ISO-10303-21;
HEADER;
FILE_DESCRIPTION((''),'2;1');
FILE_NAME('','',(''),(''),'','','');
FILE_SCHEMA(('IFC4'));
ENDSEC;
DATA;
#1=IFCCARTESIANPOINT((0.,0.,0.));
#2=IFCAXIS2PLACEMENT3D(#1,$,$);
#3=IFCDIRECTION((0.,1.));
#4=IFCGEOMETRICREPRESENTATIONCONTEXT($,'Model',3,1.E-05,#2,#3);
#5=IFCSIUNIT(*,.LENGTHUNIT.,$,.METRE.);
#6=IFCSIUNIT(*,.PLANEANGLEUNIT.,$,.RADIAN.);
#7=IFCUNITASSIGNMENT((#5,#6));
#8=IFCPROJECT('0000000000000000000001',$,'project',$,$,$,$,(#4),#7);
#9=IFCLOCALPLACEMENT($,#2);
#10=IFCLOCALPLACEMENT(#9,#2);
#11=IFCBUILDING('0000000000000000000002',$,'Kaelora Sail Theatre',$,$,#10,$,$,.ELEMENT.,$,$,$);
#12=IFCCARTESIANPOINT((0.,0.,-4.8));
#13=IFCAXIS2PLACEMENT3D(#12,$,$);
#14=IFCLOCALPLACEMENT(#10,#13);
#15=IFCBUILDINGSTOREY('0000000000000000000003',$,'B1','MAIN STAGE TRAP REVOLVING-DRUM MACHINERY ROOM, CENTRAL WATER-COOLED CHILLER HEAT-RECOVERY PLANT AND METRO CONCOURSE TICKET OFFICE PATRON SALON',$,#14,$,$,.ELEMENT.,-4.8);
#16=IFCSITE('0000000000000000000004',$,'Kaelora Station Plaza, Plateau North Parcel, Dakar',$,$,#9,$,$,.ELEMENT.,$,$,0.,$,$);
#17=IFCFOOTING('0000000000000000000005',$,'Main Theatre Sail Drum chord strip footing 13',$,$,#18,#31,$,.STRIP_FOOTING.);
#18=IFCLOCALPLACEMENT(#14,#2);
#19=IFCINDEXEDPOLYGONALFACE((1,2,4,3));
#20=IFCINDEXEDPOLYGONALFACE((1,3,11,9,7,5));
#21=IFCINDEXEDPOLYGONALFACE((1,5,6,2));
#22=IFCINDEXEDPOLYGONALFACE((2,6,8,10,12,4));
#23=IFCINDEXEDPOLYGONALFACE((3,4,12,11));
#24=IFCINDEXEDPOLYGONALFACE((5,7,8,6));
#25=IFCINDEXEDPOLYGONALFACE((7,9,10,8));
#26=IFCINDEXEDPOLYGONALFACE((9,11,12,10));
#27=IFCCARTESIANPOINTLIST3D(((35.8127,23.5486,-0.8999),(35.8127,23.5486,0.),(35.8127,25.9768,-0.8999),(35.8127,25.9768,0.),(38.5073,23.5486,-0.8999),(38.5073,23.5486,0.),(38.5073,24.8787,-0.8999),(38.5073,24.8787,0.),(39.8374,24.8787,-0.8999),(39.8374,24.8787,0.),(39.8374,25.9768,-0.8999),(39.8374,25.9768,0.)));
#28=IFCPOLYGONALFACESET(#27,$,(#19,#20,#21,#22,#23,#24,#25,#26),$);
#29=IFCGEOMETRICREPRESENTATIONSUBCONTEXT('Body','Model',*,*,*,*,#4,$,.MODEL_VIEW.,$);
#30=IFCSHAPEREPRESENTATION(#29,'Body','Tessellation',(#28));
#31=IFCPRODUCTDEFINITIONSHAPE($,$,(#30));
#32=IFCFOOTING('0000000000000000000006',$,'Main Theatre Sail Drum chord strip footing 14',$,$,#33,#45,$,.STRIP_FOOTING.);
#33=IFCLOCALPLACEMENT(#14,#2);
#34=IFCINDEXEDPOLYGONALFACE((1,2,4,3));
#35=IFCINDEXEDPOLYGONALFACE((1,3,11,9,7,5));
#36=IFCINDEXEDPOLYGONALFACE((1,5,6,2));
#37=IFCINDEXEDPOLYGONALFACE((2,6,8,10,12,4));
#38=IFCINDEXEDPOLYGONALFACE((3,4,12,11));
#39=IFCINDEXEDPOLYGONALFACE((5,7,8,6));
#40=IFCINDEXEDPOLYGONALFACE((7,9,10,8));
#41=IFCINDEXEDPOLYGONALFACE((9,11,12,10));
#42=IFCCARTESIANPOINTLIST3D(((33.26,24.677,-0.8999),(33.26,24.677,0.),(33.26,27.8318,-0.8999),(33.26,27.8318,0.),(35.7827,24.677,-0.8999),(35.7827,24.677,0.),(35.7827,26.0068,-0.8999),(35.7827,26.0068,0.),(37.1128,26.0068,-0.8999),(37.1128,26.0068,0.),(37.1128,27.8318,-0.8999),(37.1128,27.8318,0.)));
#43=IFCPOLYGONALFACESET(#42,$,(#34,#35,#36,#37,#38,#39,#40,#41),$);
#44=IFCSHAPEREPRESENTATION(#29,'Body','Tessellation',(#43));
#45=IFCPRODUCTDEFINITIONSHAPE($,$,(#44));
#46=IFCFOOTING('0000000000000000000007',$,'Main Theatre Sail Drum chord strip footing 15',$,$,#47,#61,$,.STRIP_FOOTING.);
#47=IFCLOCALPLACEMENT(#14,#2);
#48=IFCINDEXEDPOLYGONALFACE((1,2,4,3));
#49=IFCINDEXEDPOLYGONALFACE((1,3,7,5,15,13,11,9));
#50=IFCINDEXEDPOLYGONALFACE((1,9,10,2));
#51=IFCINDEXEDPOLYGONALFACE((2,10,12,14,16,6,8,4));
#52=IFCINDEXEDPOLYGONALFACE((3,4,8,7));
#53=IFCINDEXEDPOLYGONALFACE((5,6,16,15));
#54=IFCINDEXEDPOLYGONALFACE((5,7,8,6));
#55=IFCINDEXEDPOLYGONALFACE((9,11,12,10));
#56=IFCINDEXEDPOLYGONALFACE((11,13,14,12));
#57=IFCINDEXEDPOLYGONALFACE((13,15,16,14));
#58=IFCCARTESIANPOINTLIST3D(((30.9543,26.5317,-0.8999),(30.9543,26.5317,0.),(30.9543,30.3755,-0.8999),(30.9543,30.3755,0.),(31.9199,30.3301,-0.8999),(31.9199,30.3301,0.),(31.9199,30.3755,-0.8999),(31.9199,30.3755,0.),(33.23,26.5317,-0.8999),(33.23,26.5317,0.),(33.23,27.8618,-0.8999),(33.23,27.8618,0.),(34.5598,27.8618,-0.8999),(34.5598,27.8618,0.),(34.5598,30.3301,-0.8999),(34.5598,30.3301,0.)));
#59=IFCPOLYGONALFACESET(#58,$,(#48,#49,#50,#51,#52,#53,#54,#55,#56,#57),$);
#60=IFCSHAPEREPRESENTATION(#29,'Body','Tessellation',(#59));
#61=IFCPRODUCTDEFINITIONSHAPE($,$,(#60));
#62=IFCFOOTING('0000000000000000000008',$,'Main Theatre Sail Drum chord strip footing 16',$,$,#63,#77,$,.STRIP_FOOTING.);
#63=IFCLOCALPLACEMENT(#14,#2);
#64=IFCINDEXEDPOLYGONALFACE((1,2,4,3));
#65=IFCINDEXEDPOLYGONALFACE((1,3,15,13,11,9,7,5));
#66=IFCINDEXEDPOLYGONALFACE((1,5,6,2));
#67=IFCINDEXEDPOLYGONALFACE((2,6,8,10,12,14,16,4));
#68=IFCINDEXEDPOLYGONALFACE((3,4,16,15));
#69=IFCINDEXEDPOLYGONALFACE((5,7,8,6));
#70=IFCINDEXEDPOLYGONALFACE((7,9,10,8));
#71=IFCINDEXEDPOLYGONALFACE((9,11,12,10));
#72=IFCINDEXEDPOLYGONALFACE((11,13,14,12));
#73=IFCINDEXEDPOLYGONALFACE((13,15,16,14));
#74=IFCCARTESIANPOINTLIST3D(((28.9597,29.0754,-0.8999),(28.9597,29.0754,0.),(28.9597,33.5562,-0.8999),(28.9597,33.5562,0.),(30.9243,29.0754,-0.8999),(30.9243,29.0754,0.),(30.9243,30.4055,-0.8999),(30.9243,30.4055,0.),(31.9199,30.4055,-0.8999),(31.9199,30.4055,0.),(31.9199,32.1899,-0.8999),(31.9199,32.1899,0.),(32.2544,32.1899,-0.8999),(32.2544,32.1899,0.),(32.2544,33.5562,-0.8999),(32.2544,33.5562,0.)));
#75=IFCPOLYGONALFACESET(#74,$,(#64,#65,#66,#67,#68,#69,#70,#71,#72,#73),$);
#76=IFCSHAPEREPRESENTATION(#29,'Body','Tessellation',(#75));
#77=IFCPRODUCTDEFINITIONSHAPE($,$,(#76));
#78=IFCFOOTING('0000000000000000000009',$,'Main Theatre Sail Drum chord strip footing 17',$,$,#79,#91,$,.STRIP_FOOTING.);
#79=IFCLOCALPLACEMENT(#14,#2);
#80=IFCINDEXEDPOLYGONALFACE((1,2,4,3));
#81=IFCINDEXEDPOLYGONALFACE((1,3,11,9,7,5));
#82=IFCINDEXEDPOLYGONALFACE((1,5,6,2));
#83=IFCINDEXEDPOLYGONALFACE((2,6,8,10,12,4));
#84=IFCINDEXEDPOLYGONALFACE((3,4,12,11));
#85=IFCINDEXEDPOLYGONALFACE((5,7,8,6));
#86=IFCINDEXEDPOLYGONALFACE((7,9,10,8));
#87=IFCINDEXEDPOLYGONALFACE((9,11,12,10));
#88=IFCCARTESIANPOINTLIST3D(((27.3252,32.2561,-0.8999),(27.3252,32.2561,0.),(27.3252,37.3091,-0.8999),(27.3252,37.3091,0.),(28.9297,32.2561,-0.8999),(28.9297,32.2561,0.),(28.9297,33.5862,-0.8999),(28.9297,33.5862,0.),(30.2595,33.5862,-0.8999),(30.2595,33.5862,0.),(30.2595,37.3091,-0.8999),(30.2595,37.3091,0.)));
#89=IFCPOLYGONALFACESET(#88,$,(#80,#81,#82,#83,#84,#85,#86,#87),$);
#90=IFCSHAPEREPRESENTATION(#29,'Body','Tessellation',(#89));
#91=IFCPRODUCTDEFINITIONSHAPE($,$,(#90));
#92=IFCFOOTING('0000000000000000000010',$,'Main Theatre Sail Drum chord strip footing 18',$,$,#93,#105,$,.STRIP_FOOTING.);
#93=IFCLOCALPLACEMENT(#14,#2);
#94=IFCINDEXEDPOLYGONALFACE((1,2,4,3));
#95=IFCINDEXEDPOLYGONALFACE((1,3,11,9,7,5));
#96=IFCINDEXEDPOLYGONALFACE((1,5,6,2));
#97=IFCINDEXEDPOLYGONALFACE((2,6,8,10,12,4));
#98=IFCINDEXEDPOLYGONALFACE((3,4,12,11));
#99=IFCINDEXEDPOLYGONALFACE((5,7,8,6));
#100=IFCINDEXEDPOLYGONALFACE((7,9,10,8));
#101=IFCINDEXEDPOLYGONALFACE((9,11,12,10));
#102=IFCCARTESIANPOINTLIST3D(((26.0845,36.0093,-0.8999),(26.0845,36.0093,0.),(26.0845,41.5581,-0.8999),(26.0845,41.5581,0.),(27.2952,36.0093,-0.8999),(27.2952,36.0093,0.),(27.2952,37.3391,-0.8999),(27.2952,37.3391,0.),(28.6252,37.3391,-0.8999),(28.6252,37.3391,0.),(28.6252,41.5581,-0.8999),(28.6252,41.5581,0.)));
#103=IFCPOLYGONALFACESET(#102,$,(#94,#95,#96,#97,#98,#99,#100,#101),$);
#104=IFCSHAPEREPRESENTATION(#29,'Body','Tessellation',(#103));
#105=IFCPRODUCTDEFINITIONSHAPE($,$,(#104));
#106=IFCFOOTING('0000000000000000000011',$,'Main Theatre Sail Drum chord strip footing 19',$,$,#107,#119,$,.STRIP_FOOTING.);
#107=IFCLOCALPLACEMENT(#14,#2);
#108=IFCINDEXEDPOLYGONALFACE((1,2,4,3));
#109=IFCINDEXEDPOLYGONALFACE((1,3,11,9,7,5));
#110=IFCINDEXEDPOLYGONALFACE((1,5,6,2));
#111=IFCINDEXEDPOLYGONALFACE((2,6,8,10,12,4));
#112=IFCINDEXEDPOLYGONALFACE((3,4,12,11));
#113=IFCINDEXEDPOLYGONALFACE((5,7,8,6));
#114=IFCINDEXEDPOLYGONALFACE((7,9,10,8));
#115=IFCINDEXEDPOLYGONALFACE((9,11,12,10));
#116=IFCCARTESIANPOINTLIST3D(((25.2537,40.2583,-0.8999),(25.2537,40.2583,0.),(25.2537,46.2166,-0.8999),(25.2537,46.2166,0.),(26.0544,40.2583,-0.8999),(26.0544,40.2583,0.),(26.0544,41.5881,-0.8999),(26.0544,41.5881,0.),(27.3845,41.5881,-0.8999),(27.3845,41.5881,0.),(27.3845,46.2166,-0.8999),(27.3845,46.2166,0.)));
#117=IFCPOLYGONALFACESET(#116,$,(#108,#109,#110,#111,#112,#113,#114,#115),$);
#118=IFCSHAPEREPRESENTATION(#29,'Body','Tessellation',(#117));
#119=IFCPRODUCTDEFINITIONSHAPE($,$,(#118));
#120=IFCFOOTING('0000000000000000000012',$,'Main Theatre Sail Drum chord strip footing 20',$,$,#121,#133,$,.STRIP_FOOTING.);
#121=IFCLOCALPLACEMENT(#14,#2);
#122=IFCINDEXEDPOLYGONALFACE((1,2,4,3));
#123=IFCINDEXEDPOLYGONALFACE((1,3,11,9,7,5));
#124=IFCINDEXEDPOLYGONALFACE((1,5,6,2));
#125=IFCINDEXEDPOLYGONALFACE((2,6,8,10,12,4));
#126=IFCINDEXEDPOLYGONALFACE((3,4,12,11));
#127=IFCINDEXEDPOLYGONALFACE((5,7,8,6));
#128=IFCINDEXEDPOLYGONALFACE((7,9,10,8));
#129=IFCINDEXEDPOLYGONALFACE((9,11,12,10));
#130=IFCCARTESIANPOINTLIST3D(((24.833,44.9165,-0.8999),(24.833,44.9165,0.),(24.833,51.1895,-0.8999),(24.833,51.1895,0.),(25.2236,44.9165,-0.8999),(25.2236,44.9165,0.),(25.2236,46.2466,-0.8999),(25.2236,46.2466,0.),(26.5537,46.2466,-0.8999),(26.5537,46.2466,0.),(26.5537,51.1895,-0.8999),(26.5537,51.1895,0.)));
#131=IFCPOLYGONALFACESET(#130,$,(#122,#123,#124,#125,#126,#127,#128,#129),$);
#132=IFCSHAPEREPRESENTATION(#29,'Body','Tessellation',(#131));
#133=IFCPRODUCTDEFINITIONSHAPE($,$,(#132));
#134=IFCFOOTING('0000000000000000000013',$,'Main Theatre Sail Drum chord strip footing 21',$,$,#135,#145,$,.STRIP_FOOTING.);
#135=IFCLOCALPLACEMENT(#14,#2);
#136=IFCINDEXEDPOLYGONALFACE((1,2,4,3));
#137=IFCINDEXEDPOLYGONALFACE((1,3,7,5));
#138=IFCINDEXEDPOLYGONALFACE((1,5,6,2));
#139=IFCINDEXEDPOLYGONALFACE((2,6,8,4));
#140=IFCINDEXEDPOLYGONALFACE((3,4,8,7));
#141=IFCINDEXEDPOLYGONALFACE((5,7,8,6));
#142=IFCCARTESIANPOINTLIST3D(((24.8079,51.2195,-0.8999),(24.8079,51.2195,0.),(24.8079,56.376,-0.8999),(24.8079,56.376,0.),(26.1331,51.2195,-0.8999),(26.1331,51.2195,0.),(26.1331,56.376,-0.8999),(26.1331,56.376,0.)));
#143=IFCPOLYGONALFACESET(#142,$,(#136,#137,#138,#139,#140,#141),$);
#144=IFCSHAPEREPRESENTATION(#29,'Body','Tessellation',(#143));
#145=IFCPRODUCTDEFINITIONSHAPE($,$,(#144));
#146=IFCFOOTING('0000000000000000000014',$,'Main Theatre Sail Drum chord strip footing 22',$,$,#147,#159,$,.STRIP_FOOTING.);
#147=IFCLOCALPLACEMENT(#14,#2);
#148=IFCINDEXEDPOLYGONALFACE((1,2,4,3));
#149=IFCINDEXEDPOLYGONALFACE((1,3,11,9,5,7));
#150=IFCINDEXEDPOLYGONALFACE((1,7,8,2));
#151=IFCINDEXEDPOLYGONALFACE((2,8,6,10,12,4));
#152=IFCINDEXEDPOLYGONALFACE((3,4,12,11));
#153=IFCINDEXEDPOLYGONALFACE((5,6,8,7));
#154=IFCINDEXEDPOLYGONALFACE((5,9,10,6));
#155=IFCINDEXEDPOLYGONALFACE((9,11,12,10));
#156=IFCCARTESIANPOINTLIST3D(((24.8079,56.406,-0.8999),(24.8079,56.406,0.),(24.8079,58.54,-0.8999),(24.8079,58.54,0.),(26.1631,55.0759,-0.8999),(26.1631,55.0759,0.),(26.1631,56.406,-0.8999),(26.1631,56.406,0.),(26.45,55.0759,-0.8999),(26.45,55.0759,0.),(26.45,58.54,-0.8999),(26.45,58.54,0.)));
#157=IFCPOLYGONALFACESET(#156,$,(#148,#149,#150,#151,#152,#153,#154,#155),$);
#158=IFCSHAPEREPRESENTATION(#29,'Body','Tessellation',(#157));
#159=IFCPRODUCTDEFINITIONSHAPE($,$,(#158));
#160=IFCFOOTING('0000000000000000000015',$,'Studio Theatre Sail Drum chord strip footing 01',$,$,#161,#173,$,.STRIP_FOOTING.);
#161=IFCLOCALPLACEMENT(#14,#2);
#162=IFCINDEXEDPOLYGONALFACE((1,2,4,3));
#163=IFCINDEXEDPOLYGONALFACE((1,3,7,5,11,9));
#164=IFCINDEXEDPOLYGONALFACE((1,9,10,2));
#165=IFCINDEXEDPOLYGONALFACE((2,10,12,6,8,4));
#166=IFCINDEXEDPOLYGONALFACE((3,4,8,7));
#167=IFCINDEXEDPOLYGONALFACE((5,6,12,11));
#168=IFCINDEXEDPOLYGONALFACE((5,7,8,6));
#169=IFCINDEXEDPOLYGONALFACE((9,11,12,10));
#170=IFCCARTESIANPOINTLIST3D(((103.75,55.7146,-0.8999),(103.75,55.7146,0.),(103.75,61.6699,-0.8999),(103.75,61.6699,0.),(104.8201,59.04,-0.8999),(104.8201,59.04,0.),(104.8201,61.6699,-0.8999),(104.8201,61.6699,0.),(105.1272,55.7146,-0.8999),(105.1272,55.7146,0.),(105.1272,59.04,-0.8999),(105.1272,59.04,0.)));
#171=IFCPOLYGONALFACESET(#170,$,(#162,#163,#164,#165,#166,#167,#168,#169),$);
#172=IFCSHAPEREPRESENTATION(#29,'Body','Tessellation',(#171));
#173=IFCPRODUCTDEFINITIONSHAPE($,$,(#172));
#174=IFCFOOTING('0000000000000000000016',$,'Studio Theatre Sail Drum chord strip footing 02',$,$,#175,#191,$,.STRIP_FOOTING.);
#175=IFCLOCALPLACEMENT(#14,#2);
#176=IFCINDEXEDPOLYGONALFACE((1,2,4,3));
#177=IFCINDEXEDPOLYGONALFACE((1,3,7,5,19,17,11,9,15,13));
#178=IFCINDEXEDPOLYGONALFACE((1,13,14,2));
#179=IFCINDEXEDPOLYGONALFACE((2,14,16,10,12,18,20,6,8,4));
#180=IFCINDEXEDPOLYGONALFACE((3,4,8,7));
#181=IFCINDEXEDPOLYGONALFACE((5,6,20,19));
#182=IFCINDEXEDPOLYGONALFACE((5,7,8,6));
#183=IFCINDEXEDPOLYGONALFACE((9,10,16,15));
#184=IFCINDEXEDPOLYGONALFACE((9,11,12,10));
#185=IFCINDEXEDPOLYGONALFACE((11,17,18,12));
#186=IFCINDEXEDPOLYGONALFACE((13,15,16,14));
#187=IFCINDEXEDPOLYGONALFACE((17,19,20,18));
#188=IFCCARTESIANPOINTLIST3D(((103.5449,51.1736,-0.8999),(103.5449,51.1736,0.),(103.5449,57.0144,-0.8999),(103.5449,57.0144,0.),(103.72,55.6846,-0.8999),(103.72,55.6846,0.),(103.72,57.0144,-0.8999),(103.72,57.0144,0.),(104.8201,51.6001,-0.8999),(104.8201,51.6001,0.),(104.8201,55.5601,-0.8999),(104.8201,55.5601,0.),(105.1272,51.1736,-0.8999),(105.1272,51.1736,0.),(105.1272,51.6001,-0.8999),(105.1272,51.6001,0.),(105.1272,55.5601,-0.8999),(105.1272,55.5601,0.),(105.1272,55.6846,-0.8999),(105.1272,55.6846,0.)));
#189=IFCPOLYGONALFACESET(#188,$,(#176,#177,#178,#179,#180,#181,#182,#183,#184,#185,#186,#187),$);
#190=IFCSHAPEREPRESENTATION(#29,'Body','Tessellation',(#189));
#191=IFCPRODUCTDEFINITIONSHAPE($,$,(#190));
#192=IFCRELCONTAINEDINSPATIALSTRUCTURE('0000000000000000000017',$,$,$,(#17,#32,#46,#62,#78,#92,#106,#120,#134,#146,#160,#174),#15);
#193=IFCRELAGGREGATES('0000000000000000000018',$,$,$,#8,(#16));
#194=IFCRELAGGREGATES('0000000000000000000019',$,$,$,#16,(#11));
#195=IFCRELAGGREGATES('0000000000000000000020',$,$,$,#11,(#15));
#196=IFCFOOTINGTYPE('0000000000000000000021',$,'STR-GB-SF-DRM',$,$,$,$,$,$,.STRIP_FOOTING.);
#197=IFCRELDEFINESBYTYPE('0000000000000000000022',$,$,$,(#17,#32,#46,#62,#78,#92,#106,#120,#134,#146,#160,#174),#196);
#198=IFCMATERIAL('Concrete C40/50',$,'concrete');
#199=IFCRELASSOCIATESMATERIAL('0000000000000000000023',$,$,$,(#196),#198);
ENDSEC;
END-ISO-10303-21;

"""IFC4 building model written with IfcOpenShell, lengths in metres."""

from ifc_helpers import new_model, si_unit, direction, frame, origin, place, context, subcontext, project, spatial, polyline, outline, extrude, material, type_object, element, save


model = new_model("IFC4")

# Units and contexts
model_context = context("Model", 3, precision=1e-05, world=origin(), true_north=direction((0.0, 1.0)))
body_context = subcontext(model_context, "Body", "Model", "MODEL_VIEW")
ifc_project = project(units=[si_unit("LENGTHUNIT", "METRE"), si_unit("PLANEANGLEUNIT", "RADIAN")], contexts=[model_context])

# Site, building, storey
site_placement = place(None, origin())
site = spatial("IfcSite", under=ifc_project, at=site_placement, Name="Kaelora Station Plaza, Plateau North Parcel, Dakar", CompositionType="ELEMENT", RefElevation=0.0)
building_placement = place(site_placement, origin())
building = spatial("IfcBuilding", under=site, at=building_placement, Name="Kaelora Sail Theatre", CompositionType="ELEMENT")
storey_placement = place(building_placement, frame((0.0, 0.0, -4.8)))
storey = spatial("IfcBuildingStorey", under=building, at=storey_placement, Name="B1", Description="MAIN STAGE TRAP REVOLVING-DRUM MACHINERY ROOM, CENTRAL WATER-COOLED CHILLER HEAT-RECOVERY PLANT AND METRO CONCOURSE TICKET OFFICE PATRON SALON", CompositionType="ELEMENT", Elevation=-4.8)

# Footings
ifc_material = material(Name="Concrete C40/50", Category="concrete")
footing_type = type_object("IfcFootingType", Name="STR-GB-SF-DRM", PredefinedType="STRIP_FOOTING", material=ifc_material)
footing_1_placement = place(storey_placement, frame((0.0, 0.0, -0.8999)))
element("IfcFooting", 1, at=footing_1_placement, inside=storey, type_object=footing_type, Name="Main Theatre Sail Drum chord strip footing 13", PredefinedType="STRIP_FOOTING", context=body_context, shape_type="SweptSolid", body=[
    extrude(outline(polyline([(35.8127, 23.5486), (35.8127, 25.9768), (39.8374, 25.9768), (39.8374, 24.8787), (38.5073, 24.8787), (38.5073, 23.5486), (35.8127, 23.5486)])), origin(), (0.0, 0.0, 1.0), 0.8999),
])
footing_2_placement = place(storey_placement, frame((0.0, 0.0, -0.8999)))
element("IfcFooting", 2, at=footing_2_placement, inside=storey, type_object=footing_type, Name="Main Theatre Sail Drum chord strip footing 14", PredefinedType="STRIP_FOOTING", context=body_context, shape_type="SweptSolid", body=[
    extrude(outline(polyline([(33.26, 27.8318), (37.1128, 27.8318), (37.1128, 26.0068), (35.7827, 26.0068), (35.7827, 24.677), (33.26, 24.677), (33.26, 27.8318)])), origin(), (0.0, 0.0, 1.0), 0.8999),
])
footing_3_placement = place(storey_placement, frame((0.0, 0.0, -0.8999)))
element("IfcFooting", 3, at=footing_3_placement, inside=storey, type_object=footing_type, Name="Main Theatre Sail Drum chord strip footing 15", PredefinedType="STRIP_FOOTING", context=body_context, shape_type="SweptSolid", body=[
    extrude(outline(polyline([(34.5598, 30.3301), (34.5598, 27.8618), (33.23, 27.8618), (33.23, 26.5317), (30.9543, 26.5317), (30.9543, 30.3755), (31.9199, 30.3755), (31.9199, 30.3301), (34.5598, 30.3301)])), origin(), (0.0, 0.0, 1.0), 0.8999),
])
footing_4_placement = place(storey_placement, frame((0.0, 0.0, -0.8999)))
element("IfcFooting", 4, at=footing_4_placement, inside=storey, type_object=footing_type, Name="Main Theatre Sail Drum chord strip footing 16", PredefinedType="STRIP_FOOTING", context=body_context, shape_type="SweptSolid", body=[
    extrude(outline(polyline([(32.2544, 32.1899), (31.9199, 32.1899), (31.9199, 30.4055), (30.9243, 30.4055), (30.9243, 29.0754), (28.9597, 29.0754), (28.9597, 33.5562), (32.2544, 33.5562), (32.2544, 32.1899)])), origin(), (0.0, 0.0, 1.0), 0.8999),
])
footing_5_placement = place(storey_placement, frame((0.0, 0.0, -0.8999)))
element("IfcFooting", 5, at=footing_5_placement, inside=storey, type_object=footing_type, Name="Main Theatre Sail Drum chord strip footing 17", PredefinedType="STRIP_FOOTING", context=body_context, shape_type="SweptSolid", body=[
    extrude(outline(polyline([(27.3252, 32.2561), (27.3252, 37.3091), (30.2595, 37.3091), (30.2595, 33.5862), (28.9297, 33.5862), (28.9297, 32.2561), (27.3252, 32.2561)])), origin(), (0.0, 0.0, 1.0), 0.8999),
])
footing_6_placement = place(storey_placement, frame((0.0, 0.0, -0.8999)))
element("IfcFooting", 6, at=footing_6_placement, inside=storey, type_object=footing_type, Name="Main Theatre Sail Drum chord strip footing 18", PredefinedType="STRIP_FOOTING", context=body_context, shape_type="SweptSolid", body=[
    extrude(outline(polyline([(26.0845, 41.5581), (28.6252, 41.5581), (28.6252, 37.3391), (27.2952, 37.3391), (27.2952, 36.0093), (26.0845, 36.0093), (26.0845, 41.5581)])), origin(), (0.0, 0.0, 1.0), 0.8999),
])
footing_7_placement = place(storey_placement, frame((0.0, 0.0, -0.8999)))
element("IfcFooting", 7, at=footing_7_placement, inside=storey, type_object=footing_type, Name="Main Theatre Sail Drum chord strip footing 19", PredefinedType="STRIP_FOOTING", context=body_context, shape_type="SweptSolid", body=[
    extrude(outline(polyline([(27.3845, 46.2166), (27.3845, 41.5881), (26.0544, 41.5881), (26.0544, 40.2583), (25.2537, 40.2583), (25.2537, 46.2166), (27.3845, 46.2166)])), origin(), (0.0, 0.0, 1.0), 0.8999),
])
footing_8_placement = place(storey_placement, frame((0.0, 0.0, -0.8999)))
element("IfcFooting", 8, at=footing_8_placement, inside=storey, type_object=footing_type, Name="Main Theatre Sail Drum chord strip footing 20", PredefinedType="STRIP_FOOTING", context=body_context, shape_type="SweptSolid", body=[
    extrude(outline(polyline([(26.5537, 46.2466), (25.2236, 46.2466), (25.2236, 44.9165), (24.833, 44.9165), (24.833, 51.1895), (26.5537, 51.1895), (26.5537, 46.2466)])), origin(), (0.0, 0.0, 1.0), 0.8999),
])
footing_9_placement = place(storey_placement, frame((0.0, 0.0, -0.8999)))
element("IfcFooting", 9, at=footing_9_placement, inside=storey, type_object=footing_type, Name="Main Theatre Sail Drum chord strip footing 21", PredefinedType="STRIP_FOOTING", context=body_context, shape_type="SweptSolid", body=[
    extrude(outline(polyline([(24.8079, 56.376), (26.1331, 56.376), (26.1331, 51.2195), (24.8079, 51.2195), (24.8079, 56.376)])), origin(), (0.0, 0.0, 1.0), 0.8999),
])
footing_10_placement = place(storey_placement, frame((0.0, 0.0, -0.8999)))
element("IfcFooting", 10, at=footing_10_placement, inside=storey, type_object=footing_type, Name="Main Theatre Sail Drum chord strip footing 22", PredefinedType="STRIP_FOOTING", context=body_context, shape_type="SweptSolid", body=[
    extrude(outline(polyline([(24.8079, 58.54), (26.45, 58.54), (26.45, 55.0759), (26.1631, 55.0759), (26.1631, 56.406), (24.8079, 56.406), (24.8079, 58.54)])), origin(), (0.0, 0.0, 1.0), 0.8999),
])
footing_11_placement = place(storey_placement, frame((0.0, 0.0, -0.8999)))
element("IfcFooting", 11, at=footing_11_placement, inside=storey, type_object=footing_type, Name="Studio Theatre Sail Drum chord strip footing 01", PredefinedType="STRIP_FOOTING", context=body_context, shape_type="SweptSolid", body=[
    extrude(outline(polyline([(105.1272, 59.04), (105.1272, 55.7146), (103.75, 55.7146), (103.75, 61.6699), (104.8201, 61.6699), (104.8201, 59.04), (105.1272, 59.04)])), origin(), (0.0, 0.0, 1.0), 0.8999),
])
footing_12_placement = place(storey_placement, frame((0.0, 0.0, -0.8999)))
element("IfcFooting", 12, at=footing_12_placement, inside=storey, type_object=footing_type, Name="Studio Theatre Sail Drum chord strip footing 02", PredefinedType="STRIP_FOOTING", context=body_context, shape_type="SweptSolid", body=[
    extrude(outline(polyline([(105.1272, 51.1736), (103.5449, 51.1736), (103.5449, 57.0144), (103.72, 57.0144), (103.72, 55.6846), (105.1272, 55.6846), (105.1272, 55.5601), (104.8201, 55.5601), (104.8201, 51.6001), (105.1272, 51.6001), (105.1272, 51.1736)])), origin(), (0.0, 0.0, 1.0), 0.8999),
])

save(model, "model.ifc")
